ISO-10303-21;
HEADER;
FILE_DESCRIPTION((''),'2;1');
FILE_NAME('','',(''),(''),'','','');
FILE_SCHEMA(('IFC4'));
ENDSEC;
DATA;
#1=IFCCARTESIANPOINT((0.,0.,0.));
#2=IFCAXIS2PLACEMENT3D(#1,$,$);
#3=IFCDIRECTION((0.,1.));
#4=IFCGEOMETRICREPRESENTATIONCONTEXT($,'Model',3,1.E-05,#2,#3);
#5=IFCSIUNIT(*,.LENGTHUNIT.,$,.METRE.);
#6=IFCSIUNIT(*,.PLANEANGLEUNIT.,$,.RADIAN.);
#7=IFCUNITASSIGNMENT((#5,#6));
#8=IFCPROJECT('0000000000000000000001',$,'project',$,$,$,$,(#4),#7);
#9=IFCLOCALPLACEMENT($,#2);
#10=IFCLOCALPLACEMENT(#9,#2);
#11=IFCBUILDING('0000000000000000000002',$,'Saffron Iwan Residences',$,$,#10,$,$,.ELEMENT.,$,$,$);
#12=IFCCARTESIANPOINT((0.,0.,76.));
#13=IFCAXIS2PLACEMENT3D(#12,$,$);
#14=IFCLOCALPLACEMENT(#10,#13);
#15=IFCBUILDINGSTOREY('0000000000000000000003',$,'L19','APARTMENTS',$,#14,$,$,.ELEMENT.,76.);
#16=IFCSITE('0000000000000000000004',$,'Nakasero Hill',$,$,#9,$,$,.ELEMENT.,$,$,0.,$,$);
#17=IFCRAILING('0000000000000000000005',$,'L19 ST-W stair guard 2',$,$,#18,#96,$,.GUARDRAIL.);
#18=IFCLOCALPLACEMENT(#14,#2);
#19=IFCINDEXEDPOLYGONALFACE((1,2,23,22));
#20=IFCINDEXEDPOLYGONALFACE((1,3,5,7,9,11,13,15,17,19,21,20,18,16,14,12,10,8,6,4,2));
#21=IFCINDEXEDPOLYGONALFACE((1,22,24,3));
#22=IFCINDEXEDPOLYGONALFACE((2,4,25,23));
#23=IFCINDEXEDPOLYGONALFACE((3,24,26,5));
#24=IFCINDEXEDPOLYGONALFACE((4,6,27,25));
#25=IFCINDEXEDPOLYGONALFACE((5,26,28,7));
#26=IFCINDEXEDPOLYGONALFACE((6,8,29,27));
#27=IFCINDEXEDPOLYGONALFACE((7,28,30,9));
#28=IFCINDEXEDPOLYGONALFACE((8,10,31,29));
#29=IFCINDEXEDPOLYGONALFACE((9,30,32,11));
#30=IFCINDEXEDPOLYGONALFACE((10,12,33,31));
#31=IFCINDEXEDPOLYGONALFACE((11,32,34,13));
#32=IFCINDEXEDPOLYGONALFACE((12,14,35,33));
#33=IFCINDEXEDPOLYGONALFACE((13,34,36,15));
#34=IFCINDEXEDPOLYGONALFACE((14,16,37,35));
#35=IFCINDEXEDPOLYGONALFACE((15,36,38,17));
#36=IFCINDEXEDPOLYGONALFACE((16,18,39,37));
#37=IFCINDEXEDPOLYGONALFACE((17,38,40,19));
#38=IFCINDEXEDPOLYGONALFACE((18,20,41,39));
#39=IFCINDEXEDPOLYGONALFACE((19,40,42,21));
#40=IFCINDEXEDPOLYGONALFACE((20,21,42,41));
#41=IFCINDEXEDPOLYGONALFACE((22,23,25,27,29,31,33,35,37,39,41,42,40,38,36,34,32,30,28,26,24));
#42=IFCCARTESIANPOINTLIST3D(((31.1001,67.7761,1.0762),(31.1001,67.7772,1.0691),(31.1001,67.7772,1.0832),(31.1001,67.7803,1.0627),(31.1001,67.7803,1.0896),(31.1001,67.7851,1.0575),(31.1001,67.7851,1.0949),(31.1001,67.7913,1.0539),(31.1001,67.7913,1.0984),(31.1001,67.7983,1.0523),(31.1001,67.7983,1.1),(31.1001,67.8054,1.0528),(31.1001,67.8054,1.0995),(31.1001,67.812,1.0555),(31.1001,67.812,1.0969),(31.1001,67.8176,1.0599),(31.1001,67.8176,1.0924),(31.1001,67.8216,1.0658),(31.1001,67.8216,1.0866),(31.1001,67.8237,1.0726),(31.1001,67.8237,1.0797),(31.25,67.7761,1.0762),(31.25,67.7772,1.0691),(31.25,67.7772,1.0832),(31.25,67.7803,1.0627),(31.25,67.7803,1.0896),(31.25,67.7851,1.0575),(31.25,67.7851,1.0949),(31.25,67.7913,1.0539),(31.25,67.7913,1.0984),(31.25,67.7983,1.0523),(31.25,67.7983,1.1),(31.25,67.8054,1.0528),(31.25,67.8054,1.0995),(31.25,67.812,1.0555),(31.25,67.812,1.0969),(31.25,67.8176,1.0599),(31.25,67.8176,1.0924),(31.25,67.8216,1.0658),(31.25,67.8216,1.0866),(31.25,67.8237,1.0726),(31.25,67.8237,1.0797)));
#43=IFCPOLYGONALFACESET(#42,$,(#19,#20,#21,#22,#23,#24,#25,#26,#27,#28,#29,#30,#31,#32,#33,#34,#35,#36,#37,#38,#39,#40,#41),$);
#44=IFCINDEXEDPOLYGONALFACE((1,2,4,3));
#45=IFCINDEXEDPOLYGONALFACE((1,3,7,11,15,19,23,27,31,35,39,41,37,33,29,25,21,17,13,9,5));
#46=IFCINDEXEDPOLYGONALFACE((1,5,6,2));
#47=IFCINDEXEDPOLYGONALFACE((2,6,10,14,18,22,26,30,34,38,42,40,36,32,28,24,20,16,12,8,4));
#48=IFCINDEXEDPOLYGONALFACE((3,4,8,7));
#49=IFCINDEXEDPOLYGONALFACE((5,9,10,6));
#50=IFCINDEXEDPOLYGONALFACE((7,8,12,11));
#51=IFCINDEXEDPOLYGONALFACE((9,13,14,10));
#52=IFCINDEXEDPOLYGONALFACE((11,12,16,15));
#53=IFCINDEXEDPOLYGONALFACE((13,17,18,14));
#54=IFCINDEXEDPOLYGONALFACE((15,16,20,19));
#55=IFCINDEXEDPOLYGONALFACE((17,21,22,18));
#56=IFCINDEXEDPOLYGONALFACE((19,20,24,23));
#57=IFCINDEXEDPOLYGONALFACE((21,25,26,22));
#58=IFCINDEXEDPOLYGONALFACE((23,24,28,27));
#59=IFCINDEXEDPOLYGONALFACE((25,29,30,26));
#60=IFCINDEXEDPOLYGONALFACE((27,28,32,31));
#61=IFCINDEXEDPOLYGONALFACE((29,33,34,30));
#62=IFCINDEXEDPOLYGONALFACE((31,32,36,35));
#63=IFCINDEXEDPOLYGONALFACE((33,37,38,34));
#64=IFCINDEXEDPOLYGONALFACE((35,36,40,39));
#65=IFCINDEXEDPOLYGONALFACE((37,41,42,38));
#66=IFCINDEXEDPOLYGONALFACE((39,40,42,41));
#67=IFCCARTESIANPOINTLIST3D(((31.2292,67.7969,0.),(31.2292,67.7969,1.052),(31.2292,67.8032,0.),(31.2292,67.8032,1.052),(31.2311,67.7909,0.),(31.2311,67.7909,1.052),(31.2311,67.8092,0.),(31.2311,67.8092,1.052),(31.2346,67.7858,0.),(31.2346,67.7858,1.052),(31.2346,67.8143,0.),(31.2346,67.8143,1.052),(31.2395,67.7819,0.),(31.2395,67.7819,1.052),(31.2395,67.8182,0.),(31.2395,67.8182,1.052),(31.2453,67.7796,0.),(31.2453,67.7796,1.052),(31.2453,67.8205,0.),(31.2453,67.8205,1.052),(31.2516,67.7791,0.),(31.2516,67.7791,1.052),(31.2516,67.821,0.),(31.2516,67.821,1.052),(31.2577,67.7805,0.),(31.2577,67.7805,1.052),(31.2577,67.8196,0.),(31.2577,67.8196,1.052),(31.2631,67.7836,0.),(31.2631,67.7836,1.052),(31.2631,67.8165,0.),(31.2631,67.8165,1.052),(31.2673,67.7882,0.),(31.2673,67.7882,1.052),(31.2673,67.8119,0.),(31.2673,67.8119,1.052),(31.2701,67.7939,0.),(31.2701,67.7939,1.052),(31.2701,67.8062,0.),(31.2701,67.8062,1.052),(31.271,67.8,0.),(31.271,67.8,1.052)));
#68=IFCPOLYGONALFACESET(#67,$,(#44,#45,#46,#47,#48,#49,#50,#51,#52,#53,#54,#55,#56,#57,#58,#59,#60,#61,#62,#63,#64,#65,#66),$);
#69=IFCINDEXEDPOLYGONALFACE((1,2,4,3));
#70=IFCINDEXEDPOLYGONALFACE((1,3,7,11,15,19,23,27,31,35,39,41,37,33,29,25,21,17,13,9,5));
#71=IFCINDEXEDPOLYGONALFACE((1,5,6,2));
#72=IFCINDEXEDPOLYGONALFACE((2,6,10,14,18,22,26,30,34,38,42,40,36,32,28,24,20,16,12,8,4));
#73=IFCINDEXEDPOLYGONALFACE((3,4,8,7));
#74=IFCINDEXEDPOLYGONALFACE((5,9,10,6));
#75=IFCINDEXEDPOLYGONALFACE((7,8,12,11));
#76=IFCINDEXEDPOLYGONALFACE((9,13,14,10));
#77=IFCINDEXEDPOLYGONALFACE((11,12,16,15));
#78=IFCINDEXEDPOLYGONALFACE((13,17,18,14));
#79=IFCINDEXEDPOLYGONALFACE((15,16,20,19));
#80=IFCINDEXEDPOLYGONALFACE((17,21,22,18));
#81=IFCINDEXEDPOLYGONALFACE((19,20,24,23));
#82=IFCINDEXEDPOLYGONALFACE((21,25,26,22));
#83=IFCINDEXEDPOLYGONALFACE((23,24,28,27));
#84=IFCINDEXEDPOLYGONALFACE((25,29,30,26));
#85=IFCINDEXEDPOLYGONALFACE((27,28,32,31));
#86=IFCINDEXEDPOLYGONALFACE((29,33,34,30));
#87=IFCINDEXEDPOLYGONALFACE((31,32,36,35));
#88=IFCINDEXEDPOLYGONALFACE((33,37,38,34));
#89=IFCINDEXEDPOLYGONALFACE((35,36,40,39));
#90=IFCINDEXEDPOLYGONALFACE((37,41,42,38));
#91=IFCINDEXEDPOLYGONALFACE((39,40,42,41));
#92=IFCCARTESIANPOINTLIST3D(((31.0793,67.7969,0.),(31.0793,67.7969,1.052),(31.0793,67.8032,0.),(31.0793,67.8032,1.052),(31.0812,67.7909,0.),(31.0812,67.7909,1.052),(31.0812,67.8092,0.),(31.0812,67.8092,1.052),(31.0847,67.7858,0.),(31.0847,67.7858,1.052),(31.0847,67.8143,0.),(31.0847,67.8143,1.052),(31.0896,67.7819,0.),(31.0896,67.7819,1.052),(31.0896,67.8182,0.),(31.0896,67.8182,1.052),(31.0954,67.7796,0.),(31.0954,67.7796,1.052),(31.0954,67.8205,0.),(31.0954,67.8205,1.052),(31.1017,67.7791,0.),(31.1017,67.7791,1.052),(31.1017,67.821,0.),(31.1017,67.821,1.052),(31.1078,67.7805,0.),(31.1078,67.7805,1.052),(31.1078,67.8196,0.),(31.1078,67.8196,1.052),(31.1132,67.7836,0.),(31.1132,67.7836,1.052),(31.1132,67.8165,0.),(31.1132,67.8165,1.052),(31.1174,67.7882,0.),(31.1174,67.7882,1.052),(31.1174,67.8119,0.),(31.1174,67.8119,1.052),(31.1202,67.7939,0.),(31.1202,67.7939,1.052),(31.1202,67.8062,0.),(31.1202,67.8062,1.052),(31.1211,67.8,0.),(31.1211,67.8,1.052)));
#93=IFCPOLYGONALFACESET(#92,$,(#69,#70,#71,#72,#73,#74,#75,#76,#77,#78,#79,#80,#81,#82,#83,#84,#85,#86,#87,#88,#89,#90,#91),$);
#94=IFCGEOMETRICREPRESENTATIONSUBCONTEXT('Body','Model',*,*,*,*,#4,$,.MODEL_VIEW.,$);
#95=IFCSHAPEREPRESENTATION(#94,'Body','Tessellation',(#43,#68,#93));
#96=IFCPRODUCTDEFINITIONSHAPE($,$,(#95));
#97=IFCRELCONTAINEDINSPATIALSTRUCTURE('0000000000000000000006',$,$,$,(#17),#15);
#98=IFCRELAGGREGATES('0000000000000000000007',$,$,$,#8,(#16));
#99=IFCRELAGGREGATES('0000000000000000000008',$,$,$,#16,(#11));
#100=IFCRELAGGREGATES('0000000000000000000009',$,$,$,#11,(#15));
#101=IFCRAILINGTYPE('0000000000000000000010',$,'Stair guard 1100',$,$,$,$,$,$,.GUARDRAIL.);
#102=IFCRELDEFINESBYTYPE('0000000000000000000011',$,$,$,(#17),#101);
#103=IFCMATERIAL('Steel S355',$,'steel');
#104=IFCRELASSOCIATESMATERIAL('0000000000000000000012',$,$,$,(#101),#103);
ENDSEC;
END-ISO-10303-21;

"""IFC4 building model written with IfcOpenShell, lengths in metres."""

from ifc_helpers import new_model, si_unit, direction, frame, origin, origin_2d, place, context, subcontext, project, spatial, circle, extrude, material, type_object, element, save


model = new_model("IFC4")

# Units and contexts
model_context = context("Model", 3, precision=1e-05, world=origin(), true_north=direction((0.0, 1.0)))
body_context = subcontext(model_context, "Body", "Model", "MODEL_VIEW")
ifc_project = project(units=[si_unit("LENGTHUNIT", "METRE"), si_unit("PLANEANGLEUNIT", "RADIAN")], contexts=[model_context])

# Site, building, storey
site_placement = place(None, origin())
site = spatial("IfcSite", under=ifc_project, at=site_placement, Name="Nakasero Hill", CompositionType="ELEMENT", RefElevation=0.0)
building_placement = place(site_placement, origin())
building = spatial("IfcBuilding", under=site, at=building_placement, Name="Saffron Iwan Residences", CompositionType="ELEMENT")
storey_placement = place(building_placement, frame((0.0, 0.0, 76.0)))
storey = spatial("IfcBuildingStorey", under=building, at=storey_placement, Name="L19", Description="APARTMENTS", CompositionType="ELEMENT", Elevation=76.0)

# Railing
ifc_material_1 = material(Name="Steel S355", Category="steel")
railing_type_1 = type_object("IfcRailingType", Name="Stair guard 1100", PredefinedType="GUARDRAIL", material=ifc_material_1)
railing_1_placement = place(storey_placement, frame((31.25, 67.8, 0.0)))
element("IfcRailing", 1, at=railing_1_placement, inside=storey, type_object=railing_type_1, Name="L19 ST-W stair guard 2", PredefinedType="GUARDRAIL", context=body_context, shape_type="SweptSolid", body=[
    extrude(circle(Radius=0.0239, at=origin_2d()), frame((0.0, 0.0, 1.0762), z_axis=(-1.0, 0.0, 0.0), x_axis=(0.0, -1.0, 0.0)), (0.0, 0.0, 1.0), 0.1499),
    extrude(circle(Radius=0.021, at=origin_2d()), origin(), (0.0, 0.0, 1.0), 1.052),
    extrude(circle(Radius=0.021, at=origin_2d()), frame((-0.1499, 0.0, 0.0)), (0.0, 0.0, 1.0), 1.052),
])

save(model, "model.ifc")
